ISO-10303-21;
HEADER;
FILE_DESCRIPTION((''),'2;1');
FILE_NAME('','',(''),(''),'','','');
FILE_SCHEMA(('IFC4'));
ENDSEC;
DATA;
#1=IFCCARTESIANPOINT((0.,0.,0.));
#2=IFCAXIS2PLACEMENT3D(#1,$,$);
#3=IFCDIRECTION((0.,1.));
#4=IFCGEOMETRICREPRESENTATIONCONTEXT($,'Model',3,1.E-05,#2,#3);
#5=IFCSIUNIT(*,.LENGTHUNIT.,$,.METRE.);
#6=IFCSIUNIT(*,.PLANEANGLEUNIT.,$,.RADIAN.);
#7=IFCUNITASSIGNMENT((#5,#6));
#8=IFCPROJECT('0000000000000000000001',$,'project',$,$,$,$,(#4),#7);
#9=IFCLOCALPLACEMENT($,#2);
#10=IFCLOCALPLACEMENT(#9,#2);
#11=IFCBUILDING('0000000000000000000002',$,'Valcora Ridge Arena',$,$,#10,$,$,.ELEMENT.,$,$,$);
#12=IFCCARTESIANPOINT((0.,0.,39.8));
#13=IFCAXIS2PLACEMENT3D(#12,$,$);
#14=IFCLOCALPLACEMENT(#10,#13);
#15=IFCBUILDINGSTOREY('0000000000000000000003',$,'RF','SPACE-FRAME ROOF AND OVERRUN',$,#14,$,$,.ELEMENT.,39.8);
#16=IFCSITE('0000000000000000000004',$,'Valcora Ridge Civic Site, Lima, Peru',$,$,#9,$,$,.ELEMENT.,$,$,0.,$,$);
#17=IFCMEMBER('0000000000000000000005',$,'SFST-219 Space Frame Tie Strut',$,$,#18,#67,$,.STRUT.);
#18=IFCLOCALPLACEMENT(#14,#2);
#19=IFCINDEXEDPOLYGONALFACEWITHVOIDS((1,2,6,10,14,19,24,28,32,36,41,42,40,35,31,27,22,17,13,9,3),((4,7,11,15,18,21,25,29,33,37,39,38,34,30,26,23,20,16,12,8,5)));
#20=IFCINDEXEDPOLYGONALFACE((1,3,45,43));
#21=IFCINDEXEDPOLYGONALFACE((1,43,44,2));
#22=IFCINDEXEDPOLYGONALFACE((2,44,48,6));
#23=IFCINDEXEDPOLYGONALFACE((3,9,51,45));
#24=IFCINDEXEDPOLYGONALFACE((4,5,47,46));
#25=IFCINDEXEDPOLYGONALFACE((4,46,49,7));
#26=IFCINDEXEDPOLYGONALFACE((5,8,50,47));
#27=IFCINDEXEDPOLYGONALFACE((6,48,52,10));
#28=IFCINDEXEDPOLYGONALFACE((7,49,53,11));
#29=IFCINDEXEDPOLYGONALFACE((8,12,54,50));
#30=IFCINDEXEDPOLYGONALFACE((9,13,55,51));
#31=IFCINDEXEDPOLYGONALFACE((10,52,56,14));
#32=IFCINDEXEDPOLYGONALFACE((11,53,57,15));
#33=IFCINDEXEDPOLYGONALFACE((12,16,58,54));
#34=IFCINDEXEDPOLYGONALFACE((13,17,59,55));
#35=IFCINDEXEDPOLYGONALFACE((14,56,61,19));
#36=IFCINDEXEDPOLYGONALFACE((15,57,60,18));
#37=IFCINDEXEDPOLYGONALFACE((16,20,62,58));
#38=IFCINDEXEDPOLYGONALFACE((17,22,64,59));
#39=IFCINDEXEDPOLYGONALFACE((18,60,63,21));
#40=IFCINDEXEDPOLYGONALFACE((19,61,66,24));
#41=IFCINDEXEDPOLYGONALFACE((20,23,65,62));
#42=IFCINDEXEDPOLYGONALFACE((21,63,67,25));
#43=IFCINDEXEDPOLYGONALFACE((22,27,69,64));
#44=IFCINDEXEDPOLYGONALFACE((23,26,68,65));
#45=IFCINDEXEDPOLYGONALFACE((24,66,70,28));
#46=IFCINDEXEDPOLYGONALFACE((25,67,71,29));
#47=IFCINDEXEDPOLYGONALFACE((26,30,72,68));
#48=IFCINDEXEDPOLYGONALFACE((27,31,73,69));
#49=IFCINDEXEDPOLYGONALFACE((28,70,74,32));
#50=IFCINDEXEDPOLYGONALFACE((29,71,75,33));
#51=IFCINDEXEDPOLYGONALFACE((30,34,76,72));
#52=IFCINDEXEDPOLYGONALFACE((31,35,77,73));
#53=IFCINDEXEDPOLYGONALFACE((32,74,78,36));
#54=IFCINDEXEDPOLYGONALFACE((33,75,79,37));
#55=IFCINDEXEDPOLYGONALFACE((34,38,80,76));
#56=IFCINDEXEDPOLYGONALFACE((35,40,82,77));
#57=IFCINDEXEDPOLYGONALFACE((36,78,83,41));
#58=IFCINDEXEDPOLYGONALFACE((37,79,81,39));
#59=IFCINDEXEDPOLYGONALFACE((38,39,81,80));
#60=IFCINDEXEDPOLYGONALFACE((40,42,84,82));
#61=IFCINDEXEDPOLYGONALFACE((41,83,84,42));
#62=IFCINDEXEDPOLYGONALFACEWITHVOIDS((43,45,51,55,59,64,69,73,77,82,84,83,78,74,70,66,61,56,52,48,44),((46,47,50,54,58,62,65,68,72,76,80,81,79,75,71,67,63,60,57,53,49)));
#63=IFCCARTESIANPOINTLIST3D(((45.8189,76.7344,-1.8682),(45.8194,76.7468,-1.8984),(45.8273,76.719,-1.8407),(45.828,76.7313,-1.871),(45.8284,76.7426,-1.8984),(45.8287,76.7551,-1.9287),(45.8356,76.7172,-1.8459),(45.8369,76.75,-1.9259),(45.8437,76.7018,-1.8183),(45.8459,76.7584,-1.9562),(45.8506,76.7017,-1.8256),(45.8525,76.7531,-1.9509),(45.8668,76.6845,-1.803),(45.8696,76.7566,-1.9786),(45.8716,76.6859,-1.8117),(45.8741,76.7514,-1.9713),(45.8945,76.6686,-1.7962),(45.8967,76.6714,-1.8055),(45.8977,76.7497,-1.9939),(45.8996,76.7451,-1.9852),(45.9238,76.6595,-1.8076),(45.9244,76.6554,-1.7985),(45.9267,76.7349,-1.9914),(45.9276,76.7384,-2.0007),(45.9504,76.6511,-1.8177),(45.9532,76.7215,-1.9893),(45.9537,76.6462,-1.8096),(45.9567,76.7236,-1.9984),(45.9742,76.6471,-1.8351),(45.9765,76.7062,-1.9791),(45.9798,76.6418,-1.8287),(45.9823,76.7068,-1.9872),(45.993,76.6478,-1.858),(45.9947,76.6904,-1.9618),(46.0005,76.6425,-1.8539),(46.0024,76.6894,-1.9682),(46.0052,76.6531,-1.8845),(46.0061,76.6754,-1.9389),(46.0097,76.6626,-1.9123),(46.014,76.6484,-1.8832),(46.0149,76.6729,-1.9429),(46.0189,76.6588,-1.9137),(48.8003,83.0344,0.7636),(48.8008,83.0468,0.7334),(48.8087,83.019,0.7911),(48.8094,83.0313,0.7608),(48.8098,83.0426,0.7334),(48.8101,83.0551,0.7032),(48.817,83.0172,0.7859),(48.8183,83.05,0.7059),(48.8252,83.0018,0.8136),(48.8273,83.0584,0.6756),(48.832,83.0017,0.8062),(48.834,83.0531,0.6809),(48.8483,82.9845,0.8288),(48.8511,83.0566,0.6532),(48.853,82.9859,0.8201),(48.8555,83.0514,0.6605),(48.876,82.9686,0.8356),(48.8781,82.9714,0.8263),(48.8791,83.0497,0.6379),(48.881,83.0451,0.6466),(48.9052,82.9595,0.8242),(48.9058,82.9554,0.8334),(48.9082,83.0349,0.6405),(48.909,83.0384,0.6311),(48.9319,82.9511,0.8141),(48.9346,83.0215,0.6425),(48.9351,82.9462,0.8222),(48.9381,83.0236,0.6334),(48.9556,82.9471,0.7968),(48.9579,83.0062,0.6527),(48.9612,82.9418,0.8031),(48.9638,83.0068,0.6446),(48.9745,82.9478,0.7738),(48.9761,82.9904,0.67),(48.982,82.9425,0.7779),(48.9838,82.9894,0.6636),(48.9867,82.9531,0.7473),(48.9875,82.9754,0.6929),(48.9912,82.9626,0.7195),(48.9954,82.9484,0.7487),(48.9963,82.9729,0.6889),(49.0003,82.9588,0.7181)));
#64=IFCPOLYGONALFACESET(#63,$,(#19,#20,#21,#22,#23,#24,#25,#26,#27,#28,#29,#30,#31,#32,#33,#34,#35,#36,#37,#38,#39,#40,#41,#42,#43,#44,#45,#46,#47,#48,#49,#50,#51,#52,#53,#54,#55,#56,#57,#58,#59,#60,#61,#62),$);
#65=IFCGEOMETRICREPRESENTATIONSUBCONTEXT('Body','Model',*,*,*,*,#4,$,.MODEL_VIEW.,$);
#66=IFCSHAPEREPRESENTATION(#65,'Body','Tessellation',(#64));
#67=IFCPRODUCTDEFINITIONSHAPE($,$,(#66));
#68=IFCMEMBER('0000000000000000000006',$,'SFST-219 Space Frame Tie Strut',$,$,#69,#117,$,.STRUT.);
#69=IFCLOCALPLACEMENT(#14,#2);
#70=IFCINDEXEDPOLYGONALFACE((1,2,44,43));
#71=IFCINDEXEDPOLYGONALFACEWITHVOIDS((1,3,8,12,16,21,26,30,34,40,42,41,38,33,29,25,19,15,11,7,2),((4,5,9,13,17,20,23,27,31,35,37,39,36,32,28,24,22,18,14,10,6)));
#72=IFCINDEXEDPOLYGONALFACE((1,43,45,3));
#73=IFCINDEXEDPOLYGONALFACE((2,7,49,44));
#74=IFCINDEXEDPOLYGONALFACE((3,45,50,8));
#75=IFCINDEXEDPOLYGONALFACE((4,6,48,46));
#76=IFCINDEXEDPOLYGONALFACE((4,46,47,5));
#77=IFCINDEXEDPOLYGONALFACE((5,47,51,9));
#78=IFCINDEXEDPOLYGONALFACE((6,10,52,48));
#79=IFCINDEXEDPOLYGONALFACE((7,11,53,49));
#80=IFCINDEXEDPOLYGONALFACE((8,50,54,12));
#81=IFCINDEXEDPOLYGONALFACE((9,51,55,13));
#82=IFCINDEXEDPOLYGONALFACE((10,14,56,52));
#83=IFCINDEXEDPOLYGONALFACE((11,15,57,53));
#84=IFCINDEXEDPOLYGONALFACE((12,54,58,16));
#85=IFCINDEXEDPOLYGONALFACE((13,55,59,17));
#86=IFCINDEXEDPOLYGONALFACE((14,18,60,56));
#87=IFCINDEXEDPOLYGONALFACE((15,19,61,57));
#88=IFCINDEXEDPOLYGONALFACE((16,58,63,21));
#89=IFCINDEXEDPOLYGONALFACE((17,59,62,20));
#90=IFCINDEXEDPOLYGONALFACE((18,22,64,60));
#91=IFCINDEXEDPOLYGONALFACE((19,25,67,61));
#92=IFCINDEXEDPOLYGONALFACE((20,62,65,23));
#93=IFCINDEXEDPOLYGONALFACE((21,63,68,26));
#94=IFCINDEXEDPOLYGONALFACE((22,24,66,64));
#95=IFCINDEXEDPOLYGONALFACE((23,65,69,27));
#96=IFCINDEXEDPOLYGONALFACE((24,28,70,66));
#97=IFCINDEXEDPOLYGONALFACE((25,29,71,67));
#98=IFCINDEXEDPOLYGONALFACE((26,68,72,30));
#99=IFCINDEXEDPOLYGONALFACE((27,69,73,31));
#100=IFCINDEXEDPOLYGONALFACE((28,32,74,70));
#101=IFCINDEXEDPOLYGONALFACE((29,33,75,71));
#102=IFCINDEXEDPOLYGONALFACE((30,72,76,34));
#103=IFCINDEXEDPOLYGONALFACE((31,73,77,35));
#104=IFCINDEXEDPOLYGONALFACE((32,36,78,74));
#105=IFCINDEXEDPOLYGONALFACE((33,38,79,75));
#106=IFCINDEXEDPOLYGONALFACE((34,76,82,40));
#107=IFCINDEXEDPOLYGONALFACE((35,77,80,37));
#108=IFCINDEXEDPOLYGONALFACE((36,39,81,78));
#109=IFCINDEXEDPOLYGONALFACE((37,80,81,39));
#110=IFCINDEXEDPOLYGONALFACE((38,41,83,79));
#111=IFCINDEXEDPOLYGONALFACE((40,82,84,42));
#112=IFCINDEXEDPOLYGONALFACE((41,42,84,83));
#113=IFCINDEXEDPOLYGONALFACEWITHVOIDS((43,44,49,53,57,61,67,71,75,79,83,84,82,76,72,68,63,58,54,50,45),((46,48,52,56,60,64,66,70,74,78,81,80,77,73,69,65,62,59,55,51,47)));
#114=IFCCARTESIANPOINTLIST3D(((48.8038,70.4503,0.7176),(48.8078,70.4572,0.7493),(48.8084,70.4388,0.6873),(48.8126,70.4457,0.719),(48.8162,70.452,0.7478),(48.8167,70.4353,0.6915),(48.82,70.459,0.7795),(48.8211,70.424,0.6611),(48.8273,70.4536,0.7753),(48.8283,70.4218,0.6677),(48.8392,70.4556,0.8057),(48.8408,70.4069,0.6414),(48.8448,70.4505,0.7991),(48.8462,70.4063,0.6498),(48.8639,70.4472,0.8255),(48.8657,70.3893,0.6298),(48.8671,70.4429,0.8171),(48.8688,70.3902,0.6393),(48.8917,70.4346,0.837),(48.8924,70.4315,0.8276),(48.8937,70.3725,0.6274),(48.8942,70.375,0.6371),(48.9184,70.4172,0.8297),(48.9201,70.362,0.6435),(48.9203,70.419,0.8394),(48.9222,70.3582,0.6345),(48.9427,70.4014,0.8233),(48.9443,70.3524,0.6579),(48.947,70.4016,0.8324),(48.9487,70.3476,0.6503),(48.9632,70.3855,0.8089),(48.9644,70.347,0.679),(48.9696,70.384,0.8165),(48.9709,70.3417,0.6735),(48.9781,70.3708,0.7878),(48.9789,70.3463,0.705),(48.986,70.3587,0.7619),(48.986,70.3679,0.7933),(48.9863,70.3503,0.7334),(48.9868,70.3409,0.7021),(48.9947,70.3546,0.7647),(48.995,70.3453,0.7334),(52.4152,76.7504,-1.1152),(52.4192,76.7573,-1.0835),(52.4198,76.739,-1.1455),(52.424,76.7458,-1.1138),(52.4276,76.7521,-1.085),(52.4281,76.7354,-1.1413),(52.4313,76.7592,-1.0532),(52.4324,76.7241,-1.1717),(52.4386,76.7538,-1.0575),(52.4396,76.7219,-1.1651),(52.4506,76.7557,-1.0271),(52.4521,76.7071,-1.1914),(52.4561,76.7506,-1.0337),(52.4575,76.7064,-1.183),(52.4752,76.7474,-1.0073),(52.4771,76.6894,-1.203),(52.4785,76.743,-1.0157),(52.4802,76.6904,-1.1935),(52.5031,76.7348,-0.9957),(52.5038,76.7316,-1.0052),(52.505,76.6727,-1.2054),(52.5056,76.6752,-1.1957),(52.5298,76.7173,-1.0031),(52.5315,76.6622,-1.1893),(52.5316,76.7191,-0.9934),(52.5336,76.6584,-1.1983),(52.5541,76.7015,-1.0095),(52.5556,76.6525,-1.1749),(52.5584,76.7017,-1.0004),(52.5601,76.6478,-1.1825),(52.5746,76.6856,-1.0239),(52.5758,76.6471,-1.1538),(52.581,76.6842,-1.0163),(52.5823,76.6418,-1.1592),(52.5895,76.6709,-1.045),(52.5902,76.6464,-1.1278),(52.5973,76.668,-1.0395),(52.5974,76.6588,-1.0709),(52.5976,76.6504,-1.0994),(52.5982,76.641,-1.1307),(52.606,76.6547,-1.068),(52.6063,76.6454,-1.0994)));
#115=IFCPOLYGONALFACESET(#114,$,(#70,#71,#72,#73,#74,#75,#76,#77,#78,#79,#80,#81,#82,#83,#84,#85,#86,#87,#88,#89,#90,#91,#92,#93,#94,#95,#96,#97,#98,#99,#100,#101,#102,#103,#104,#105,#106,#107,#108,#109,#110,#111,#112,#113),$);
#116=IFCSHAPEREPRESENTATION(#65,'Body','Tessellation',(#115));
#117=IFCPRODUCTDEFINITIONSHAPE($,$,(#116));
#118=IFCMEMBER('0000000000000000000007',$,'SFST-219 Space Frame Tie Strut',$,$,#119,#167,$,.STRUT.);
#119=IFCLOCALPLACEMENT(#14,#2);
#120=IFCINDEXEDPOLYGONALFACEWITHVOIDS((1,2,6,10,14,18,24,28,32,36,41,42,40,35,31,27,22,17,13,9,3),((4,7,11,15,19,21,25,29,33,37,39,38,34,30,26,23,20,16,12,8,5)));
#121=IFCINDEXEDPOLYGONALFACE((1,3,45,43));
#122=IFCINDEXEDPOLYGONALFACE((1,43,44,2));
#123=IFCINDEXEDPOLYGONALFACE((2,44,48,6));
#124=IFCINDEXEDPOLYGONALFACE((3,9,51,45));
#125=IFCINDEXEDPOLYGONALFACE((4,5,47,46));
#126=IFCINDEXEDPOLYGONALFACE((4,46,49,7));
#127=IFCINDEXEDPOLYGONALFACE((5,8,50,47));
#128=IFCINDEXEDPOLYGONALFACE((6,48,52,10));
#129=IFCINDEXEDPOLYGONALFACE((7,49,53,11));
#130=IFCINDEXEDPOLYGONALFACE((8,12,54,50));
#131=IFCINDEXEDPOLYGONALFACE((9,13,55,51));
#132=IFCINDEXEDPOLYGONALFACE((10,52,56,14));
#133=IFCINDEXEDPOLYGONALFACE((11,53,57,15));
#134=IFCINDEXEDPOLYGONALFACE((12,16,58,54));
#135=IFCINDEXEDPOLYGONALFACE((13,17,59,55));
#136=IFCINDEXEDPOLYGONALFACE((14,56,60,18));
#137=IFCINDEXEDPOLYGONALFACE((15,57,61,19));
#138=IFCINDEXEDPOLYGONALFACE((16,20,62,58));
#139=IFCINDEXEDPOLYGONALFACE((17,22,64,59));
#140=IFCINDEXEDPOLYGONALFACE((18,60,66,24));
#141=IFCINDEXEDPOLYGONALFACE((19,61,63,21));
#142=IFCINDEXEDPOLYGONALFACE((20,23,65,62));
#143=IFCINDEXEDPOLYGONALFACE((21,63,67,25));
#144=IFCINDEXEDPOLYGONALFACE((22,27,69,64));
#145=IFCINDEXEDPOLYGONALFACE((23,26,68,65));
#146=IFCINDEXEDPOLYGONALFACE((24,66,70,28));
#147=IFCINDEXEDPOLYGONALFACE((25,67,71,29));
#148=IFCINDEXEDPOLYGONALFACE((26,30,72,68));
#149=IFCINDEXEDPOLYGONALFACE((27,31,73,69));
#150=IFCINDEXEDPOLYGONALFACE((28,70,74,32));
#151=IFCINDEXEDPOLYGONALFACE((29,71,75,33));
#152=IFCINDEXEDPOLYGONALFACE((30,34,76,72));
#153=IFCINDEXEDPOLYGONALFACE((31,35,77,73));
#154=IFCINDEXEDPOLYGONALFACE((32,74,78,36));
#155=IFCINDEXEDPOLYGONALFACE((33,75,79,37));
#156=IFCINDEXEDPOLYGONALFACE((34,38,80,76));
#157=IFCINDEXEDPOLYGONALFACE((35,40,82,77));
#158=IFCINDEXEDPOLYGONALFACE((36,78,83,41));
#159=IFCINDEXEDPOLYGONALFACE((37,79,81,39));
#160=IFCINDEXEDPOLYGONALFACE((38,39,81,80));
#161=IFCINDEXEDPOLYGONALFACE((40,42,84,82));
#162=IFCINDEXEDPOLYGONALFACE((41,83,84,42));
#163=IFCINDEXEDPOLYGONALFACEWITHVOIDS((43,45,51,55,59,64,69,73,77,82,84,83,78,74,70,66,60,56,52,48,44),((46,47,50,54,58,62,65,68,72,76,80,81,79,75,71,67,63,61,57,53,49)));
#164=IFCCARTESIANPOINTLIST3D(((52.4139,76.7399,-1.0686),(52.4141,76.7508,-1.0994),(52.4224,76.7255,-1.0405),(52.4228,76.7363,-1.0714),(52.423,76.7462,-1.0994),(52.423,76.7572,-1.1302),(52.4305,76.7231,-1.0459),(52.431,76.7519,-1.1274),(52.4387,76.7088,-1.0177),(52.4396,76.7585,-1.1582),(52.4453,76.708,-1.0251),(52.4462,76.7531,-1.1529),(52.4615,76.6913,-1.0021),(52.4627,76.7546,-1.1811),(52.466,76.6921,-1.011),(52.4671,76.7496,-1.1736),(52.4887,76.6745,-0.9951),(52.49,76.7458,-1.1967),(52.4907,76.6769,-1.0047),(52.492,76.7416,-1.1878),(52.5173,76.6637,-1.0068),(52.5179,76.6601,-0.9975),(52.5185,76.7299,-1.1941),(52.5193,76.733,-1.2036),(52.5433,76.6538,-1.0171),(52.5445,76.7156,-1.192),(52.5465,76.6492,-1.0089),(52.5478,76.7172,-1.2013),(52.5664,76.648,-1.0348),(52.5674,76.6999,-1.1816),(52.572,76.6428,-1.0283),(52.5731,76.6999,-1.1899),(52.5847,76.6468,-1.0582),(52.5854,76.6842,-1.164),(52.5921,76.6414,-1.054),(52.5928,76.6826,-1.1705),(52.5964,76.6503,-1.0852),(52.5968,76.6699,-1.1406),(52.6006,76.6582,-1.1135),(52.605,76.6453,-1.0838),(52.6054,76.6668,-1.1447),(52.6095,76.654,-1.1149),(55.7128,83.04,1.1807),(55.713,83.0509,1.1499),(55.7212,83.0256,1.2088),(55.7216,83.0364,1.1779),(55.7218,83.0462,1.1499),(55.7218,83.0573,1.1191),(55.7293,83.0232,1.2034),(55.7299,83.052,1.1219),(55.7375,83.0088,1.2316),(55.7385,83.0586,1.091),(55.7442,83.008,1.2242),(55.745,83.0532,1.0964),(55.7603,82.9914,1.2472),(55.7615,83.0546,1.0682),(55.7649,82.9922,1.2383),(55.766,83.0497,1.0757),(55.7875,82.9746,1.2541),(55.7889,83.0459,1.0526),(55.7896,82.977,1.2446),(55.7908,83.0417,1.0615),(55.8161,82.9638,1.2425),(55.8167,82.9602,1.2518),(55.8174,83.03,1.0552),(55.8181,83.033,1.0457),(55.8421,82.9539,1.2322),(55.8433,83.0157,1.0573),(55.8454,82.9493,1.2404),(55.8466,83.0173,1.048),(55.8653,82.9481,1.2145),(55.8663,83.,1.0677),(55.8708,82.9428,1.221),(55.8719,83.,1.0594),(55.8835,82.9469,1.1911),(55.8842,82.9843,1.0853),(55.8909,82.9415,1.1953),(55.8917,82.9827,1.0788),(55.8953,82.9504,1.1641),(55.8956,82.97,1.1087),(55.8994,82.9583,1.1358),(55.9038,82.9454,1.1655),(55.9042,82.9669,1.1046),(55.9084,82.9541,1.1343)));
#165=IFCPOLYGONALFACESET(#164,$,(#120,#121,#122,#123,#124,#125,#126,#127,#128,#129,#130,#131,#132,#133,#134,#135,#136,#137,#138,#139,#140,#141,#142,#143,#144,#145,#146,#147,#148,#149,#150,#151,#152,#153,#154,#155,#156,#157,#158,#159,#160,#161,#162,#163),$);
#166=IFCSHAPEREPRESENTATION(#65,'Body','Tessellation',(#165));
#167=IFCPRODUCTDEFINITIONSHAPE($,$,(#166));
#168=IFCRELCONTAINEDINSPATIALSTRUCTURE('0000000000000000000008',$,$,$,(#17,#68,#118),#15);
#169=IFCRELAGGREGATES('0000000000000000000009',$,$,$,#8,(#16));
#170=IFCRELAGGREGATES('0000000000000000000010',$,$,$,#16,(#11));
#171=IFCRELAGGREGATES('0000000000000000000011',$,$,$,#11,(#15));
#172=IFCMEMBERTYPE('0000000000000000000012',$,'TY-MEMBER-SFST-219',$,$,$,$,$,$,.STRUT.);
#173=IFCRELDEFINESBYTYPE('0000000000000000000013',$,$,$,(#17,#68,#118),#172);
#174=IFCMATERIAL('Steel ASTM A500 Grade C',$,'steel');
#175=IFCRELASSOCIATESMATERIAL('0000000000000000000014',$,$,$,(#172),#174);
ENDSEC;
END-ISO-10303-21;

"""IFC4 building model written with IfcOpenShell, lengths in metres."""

from ifc_helpers import new_model, si_unit, direction, frame, origin, origin_2d, place, context, subcontext, project, spatial, hollow_circle, extrude, material, material_profile, profile_set, type_object, element, save


model = new_model("IFC4")

# Units and contexts
model_context = context("Model", 3, precision=1e-05, world=origin(), true_north=direction((0.0, 1.0)))
body_context = subcontext(model_context, "Body", "Model", "MODEL_VIEW")
ifc_project = project(units=[si_unit("LENGTHUNIT", "METRE"), si_unit("PLANEANGLEUNIT", "RADIAN")], contexts=[model_context])

# Site, building, storey
site_placement = place(None, origin())
site = spatial("IfcSite", under=ifc_project, at=site_placement, Name="Valcora Ridge Civic Site, Lima, Peru", CompositionType="ELEMENT", RefElevation=0.0)
building_placement = place(site_placement, origin())
building = spatial("IfcBuilding", under=site, at=building_placement, Name="Valcora Ridge Arena", CompositionType="ELEMENT")
storey_placement = place(building_placement, frame((0.0, 0.0, 39.8)))
storey = spatial("IfcBuildingStorey", under=building, at=storey_placement, Name="RF", Description="SPACE-FRAME ROOF AND OVERRUN", CompositionType="ELEMENT", Elevation=39.8)

# Members
ifc_material_1 = material(Name="Steel ASTM A500 Grade C", Category="steel")
ifc_material_profile_1 = material_profile(ifc_material_1, hollow_circle(Radius=0.1096, WallThickness=0.01, at=origin_2d()), Name="CHS219X10")
ifc_profile_set_1 = profile_set([ifc_material_profile_1], Name="Steel ASTM A500 Grade C")
member_type_1 = type_object("IfcMemberType", Name="TY-MEMBER-SFST-219", PredefinedType="STRUT", material=ifc_profile_set_1)
member_1_placement = place(storey_placement, frame((45.9185, 76.7, -1.8984), z_axis=(0.400181, 0.845616, 0.353255), x_axis=(-0.903893, 0.42776, 0.0)))
element("IfcMember", 1, at=member_1_placement, inside=storey, type_object=member_type_1, Name="SFST-219 Space Frame Tie Strut", PredefinedType="STRUT", context=body_context, shape_type="SweptSolid", body=[
    extrude(hollow_circle(Radius=0.1096, WallThickness=0.01, at=origin_2d()), origin(), (0.0, 0.0, 1.0), 7.4502),
])
member_2_placement = place(storey_placement, frame((52.5112, 76.7, -1.0994), z_axis=(-0.482191, -0.841194, 0.244714), x_axis=(0.867572, -0.497312, 0.0)))
element("IfcMember", 2, at=member_2_placement, inside=storey, type_object=member_type_1, Name="SFST-219 Space Frame Tie Strut", PredefinedType="STRUT", context=body_context, shape_type="SweptSolid", body=[
    extrude(hollow_circle(Radius=0.1096, WallThickness=0.01, at=origin_2d()), origin(), (0.0, 0.0, 1.0), 7.4895),
])
member_3_placement = place(storey_placement, frame((52.5112, 76.7, -1.0994), z_axis=(0.44228, 0.844659, 0.301563), x_axis=(-0.885901, 0.463875, 0.0)))
element("IfcMember", 3, at=member_3_placement, inside=storey, type_object=member_type_1, Name="SFST-219 Space Frame Tie Strut", PredefinedType="STRUT", context=body_context, shape_type="SweptSolid", body=[
    extrude(hollow_circle(Radius=0.1096, WallThickness=0.01, at=origin_2d()), origin(), (0.0, 0.0, 1.0), 7.4587),
])

save(model, "model.ifc")
